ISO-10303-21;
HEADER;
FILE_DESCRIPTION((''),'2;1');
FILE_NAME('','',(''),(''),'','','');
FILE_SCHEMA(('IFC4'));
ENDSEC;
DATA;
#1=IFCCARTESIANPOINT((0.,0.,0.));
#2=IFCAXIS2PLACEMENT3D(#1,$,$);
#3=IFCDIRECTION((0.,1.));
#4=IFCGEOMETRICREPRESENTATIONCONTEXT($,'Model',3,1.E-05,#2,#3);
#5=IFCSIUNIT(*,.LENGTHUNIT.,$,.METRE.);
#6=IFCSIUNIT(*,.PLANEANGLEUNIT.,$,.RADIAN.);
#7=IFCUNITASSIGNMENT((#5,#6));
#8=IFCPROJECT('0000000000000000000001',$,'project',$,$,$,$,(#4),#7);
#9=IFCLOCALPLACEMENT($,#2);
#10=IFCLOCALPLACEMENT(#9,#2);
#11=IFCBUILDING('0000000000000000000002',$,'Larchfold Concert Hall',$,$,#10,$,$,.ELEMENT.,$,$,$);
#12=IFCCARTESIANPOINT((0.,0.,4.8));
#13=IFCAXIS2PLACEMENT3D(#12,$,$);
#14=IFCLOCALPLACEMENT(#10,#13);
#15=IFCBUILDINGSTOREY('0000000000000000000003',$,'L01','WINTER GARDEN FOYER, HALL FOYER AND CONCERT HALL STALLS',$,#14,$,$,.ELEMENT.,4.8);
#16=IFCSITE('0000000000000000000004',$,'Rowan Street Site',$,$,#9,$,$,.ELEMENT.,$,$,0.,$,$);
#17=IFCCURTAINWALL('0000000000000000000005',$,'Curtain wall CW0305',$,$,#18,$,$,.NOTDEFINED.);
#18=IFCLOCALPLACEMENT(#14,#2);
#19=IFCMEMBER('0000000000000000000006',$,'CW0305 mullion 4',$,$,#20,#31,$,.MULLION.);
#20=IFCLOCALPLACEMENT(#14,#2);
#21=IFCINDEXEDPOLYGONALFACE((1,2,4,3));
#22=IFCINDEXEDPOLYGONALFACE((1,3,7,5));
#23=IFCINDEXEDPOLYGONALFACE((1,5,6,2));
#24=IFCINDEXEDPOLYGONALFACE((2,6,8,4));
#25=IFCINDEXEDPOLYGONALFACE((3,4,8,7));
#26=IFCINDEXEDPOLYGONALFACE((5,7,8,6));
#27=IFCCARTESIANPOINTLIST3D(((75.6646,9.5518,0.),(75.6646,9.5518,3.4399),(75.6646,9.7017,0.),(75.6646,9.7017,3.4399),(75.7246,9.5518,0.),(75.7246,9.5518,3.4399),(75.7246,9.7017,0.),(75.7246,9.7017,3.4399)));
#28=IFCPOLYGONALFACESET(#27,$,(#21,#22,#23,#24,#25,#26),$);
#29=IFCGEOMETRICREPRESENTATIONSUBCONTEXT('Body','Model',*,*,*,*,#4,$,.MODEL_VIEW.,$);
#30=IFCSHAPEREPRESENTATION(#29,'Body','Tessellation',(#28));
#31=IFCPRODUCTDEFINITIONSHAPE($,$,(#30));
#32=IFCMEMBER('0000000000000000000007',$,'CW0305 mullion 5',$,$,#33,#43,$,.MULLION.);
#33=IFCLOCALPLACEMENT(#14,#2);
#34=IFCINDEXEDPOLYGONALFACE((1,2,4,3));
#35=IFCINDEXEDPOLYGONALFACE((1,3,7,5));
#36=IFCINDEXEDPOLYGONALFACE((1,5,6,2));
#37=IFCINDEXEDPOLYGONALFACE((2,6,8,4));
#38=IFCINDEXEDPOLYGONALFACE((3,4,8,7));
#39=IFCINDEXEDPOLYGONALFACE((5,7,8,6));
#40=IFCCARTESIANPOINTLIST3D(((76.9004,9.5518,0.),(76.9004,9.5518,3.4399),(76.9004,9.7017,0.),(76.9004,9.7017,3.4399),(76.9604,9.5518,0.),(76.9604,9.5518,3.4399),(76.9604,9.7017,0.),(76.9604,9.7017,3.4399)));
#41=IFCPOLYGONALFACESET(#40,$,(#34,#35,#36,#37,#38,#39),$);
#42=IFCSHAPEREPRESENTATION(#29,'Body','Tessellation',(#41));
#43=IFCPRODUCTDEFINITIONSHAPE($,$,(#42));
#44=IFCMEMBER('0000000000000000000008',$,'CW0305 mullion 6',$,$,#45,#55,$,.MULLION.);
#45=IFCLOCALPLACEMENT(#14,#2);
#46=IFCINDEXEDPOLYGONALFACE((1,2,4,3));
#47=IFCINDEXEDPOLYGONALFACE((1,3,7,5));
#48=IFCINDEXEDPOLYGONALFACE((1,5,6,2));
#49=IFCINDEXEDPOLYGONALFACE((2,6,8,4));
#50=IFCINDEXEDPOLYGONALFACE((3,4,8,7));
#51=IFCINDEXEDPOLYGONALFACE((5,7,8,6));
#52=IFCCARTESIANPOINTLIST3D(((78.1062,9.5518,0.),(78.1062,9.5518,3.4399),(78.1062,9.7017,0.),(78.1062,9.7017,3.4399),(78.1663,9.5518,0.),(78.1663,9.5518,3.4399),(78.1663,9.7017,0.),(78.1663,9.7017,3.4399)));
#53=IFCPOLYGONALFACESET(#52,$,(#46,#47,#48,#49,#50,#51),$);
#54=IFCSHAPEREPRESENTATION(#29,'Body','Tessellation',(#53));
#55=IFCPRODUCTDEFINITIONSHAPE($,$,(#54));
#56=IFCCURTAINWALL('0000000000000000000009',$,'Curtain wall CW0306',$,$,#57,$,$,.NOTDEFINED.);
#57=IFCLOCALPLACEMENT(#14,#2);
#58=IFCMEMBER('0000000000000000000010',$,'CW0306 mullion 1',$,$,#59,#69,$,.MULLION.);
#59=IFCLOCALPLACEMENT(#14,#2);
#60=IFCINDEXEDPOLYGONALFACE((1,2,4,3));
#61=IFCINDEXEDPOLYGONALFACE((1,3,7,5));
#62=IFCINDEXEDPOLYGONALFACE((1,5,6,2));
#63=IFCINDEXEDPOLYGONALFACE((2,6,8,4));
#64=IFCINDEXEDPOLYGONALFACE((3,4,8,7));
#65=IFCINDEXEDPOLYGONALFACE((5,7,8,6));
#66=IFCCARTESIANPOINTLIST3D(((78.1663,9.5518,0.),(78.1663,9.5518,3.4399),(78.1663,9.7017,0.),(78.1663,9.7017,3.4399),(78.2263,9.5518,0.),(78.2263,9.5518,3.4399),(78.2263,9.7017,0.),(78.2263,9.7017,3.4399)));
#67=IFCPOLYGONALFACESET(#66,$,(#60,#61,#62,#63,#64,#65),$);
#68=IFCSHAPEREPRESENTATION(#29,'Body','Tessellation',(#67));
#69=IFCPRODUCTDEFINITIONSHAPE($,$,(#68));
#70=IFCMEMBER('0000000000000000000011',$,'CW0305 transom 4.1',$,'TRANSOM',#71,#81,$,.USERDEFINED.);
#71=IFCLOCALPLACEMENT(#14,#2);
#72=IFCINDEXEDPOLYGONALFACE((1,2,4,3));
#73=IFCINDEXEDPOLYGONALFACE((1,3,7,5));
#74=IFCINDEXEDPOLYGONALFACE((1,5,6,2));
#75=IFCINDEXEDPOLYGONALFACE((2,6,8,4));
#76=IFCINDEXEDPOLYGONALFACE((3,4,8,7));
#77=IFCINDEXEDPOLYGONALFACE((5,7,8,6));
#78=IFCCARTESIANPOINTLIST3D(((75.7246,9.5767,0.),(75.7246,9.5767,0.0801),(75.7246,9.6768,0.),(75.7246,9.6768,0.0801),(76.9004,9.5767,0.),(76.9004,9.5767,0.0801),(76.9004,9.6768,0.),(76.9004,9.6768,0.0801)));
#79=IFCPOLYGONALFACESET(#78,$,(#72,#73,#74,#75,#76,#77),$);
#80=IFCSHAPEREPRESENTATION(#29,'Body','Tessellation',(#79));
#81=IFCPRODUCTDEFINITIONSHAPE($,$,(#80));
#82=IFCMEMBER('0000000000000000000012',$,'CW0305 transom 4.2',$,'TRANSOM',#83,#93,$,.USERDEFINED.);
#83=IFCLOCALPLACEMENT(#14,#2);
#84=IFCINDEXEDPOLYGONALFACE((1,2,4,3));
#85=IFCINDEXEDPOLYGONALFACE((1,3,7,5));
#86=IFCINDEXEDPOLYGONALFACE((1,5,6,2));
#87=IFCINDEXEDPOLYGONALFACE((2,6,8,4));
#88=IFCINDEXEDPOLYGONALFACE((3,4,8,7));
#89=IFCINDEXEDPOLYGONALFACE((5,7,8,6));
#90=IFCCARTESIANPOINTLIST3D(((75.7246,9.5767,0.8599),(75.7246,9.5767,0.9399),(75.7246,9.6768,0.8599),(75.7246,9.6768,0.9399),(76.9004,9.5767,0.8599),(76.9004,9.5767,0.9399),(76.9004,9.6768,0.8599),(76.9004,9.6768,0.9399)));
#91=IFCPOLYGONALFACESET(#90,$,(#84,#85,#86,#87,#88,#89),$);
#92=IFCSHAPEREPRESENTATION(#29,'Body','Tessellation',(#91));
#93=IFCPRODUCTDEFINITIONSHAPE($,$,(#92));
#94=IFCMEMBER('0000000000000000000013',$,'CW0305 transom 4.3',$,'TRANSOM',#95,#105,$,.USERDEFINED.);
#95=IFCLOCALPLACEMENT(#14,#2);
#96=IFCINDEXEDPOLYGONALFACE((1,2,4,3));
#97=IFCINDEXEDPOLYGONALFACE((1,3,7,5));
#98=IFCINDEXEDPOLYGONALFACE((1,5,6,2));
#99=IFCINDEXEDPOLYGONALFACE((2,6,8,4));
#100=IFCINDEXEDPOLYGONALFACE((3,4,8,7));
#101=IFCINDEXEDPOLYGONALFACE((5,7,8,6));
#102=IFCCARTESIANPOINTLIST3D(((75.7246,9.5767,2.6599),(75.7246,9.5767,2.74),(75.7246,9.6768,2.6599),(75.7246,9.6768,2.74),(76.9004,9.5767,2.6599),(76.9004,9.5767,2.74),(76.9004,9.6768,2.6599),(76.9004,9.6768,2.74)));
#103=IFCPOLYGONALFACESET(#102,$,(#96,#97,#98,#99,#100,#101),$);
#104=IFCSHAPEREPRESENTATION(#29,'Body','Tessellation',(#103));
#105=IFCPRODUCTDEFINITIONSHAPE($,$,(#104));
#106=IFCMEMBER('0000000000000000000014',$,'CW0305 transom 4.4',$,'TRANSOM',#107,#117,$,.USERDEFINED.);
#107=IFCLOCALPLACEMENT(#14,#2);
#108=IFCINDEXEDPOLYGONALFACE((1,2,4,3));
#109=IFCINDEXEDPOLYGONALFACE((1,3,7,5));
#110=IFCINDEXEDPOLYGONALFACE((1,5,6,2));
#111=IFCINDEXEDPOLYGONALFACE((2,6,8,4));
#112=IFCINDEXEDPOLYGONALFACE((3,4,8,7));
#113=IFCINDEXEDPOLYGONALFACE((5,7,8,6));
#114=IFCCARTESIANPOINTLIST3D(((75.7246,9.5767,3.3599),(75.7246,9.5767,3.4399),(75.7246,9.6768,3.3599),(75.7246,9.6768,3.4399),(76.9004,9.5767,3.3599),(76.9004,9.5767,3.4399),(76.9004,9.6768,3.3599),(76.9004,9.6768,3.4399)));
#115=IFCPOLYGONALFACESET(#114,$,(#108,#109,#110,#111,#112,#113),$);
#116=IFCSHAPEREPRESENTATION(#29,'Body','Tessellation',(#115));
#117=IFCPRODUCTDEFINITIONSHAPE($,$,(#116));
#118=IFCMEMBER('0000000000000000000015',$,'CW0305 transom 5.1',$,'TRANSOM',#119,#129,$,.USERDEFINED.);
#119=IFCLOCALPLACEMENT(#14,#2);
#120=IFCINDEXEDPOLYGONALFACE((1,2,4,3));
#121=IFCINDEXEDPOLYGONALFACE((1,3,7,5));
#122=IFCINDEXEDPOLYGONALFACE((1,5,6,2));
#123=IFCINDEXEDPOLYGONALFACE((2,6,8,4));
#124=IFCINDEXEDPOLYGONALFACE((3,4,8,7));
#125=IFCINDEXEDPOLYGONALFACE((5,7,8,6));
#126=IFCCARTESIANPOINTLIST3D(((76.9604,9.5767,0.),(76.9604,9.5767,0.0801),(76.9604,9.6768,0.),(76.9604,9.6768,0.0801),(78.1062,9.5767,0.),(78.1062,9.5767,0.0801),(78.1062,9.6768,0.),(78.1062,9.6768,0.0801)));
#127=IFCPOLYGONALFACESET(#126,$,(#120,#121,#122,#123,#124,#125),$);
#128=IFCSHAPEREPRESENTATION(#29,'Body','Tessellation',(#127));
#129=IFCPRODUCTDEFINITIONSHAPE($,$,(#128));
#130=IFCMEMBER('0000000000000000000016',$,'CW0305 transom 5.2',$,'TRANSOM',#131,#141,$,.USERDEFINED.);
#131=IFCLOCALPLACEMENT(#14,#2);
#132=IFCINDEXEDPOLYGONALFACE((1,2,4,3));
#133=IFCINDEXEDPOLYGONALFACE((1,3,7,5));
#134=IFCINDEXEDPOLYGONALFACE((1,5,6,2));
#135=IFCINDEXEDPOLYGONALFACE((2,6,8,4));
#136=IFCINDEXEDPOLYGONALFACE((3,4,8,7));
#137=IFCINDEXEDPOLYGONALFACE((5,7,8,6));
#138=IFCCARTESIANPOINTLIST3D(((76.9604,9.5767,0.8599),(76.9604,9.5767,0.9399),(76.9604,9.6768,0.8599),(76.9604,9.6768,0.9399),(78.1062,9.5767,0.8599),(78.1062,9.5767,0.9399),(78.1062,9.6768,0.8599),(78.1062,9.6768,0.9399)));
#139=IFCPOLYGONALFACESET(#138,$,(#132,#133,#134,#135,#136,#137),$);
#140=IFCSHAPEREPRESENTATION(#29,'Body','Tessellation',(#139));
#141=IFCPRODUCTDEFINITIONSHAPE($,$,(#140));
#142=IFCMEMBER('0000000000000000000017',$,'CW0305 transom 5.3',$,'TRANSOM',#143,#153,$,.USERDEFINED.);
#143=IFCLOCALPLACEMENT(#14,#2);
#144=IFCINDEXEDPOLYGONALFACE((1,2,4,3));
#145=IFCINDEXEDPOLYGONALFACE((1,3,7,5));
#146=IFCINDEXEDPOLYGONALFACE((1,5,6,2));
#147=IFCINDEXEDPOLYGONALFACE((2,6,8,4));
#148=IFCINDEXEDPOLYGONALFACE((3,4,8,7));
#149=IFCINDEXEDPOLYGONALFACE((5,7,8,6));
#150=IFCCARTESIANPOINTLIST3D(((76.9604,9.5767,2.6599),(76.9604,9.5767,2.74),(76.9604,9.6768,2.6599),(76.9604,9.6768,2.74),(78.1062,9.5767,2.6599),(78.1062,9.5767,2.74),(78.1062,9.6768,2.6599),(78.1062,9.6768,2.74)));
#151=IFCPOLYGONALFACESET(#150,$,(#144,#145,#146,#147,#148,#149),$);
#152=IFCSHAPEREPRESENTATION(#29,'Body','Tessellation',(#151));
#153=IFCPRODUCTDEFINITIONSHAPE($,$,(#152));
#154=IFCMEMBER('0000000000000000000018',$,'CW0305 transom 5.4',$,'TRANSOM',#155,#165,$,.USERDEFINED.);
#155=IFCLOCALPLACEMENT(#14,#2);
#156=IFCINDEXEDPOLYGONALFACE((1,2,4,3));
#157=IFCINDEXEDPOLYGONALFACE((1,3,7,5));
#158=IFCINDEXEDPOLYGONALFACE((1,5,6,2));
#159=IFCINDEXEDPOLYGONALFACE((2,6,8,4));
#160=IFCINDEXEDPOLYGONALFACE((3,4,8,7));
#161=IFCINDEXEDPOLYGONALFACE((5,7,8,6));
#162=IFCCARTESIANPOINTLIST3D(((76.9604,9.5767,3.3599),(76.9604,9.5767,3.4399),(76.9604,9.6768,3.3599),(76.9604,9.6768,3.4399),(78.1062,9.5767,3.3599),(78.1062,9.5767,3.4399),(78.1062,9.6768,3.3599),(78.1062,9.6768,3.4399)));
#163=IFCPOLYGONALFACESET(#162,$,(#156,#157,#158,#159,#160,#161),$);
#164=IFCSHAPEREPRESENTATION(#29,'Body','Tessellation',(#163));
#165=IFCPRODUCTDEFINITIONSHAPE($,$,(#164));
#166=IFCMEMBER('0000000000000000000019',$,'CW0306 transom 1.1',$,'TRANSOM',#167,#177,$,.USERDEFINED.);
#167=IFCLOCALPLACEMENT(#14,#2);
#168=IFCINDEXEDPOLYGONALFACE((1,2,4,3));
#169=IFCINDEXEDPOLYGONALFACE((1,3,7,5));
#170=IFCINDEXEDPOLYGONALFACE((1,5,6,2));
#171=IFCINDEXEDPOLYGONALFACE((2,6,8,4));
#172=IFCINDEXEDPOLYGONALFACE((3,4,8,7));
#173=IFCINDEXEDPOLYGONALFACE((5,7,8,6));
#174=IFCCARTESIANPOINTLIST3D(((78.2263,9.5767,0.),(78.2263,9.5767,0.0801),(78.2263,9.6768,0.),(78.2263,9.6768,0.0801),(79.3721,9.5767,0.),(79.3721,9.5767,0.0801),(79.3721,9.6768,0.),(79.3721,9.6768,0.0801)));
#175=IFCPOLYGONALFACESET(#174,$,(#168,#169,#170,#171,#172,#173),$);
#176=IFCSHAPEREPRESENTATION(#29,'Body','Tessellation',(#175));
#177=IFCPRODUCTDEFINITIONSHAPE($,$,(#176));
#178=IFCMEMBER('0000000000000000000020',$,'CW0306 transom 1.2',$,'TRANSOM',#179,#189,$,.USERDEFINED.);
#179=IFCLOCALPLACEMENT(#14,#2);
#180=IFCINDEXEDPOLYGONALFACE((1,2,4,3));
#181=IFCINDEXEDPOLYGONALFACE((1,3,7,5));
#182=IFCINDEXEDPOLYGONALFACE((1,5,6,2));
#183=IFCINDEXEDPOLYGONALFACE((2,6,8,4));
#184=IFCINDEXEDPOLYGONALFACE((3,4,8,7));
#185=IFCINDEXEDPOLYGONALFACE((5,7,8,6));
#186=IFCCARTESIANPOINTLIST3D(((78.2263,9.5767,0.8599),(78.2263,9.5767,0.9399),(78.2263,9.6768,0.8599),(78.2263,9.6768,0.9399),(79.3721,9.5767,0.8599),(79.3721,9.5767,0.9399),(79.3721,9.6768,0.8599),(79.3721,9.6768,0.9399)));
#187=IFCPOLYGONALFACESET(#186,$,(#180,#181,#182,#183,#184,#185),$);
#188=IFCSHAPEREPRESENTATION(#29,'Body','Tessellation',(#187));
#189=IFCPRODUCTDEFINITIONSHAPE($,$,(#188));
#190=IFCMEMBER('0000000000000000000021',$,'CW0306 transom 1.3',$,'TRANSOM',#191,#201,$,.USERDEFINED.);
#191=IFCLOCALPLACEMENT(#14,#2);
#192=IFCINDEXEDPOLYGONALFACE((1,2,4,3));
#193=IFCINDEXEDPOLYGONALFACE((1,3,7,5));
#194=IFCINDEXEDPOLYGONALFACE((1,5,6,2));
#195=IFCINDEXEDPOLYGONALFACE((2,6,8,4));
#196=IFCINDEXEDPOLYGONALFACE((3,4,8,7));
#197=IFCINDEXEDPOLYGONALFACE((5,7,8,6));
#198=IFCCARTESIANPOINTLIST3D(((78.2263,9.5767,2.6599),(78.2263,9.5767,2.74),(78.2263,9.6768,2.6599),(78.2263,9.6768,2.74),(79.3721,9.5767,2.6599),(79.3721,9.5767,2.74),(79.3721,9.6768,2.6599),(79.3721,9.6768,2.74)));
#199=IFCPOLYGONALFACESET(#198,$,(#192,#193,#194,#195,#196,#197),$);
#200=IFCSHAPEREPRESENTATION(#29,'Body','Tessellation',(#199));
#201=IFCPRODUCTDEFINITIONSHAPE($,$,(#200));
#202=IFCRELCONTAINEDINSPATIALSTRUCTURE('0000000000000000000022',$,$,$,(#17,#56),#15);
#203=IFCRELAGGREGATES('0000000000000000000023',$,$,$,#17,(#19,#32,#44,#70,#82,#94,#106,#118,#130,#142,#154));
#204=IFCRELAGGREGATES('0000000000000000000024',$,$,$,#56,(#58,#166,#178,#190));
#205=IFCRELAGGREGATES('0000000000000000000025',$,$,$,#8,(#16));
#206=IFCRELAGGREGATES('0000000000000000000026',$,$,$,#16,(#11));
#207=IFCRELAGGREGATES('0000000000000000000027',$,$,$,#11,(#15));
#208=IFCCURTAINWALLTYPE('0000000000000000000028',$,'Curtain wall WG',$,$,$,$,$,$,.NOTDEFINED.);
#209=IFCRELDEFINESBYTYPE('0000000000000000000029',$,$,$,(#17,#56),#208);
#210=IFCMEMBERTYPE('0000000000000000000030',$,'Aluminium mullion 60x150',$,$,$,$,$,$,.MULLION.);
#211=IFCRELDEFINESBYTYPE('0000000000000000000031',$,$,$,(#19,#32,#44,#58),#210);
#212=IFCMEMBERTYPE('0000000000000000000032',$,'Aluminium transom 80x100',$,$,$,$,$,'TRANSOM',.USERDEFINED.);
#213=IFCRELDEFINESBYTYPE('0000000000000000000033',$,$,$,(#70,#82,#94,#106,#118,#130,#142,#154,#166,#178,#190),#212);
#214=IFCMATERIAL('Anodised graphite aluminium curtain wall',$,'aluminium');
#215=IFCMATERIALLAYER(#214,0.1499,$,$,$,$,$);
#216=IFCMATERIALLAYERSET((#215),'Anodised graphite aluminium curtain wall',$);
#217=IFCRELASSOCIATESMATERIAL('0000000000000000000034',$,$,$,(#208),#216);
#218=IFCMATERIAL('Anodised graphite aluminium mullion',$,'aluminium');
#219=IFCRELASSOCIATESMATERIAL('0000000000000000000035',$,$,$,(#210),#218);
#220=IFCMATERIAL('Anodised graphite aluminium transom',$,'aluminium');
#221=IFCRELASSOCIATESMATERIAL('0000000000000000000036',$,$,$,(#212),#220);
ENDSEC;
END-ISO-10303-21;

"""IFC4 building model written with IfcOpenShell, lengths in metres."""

from ifc_helpers import new_model, si_unit, direction, frame, origin, origin_2d, place, context, subcontext, project, spatial, rectangle, extrude, material, layer, layer_set, material_profile, profile_set, type_object, element, aggregate, save


model = new_model("IFC4")

# Units and contexts
model_context = context("Model", 3, precision=1e-05, world=origin(), true_north=direction((0.0, 1.0)))
body_context = subcontext(model_context, "Body", "Model", "MODEL_VIEW")
ifc_project = project(units=[si_unit("LENGTHUNIT", "METRE"), si_unit("PLANEANGLEUNIT", "RADIAN")], contexts=[model_context])

# Site, building, storey
site_placement = place(None, origin())
site = spatial("IfcSite", under=ifc_project, at=site_placement, Name="Rowan Street Site", CompositionType="ELEMENT", RefElevation=0.0)
building_placement = place(site_placement, origin())
building = spatial("IfcBuilding", under=site, at=building_placement, Name="Larchfold Concert Hall", CompositionType="ELEMENT")
storey_placement = place(building_placement, frame((0.0, 0.0, 4.8)))
storey = spatial("IfcBuildingStorey", under=building, at=storey_placement, Name="L01", Description="WINTER GARDEN FOYER, HALL FOYER AND CONCERT HALL STALLS", CompositionType="ELEMENT", Elevation=4.8)

# Curtain wall, members
ifc_material_1 = material(Name="Anodised graphite aluminium curtain wall", Category="aluminium")
ifc_layer_1 = layer(ifc_material_1, 0.1499)
ifc_layer_set_1 = layer_set([ifc_layer_1], Name="Anodised graphite aluminium curtain wall")
curtain_wall_type = type_object("IfcCurtainWallType", Name="Curtain wall WG", PredefinedType="NOTDEFINED", material=ifc_layer_set_1)
curtain_wall_1_placement = place(storey_placement, origin())
curtain_wall_1 = element("IfcCurtainWall", 1, at=curtain_wall_1_placement, inside=storey, type_object=curtain_wall_type, Name="Curtain wall CW0305", PredefinedType="NOTDEFINED")
ifc_material_2 = material(Name="Anodised graphite aluminium mullion", Category="aluminium")
ifc_material_profile_1 = material_profile(ifc_material_2, rectangle(XDim=0.1499, YDim=0.0601, at=origin_2d()))
ifc_profile_set_1 = profile_set([ifc_material_profile_1], Name="Anodised graphite aluminium mullion")
member_type_1 = type_object("IfcMemberType", Name="Aluminium mullion 60x150", PredefinedType="MULLION", material=ifc_profile_set_1)
member_1_placement = place(storey_placement, frame((75.6946, 9.6267, 0.0), z_axis=(0.0, 0.0, 1.0), x_axis=(0.0, 1.0, 0.0)))
member_1 = element("IfcMember", 2, at=member_1_placement, type_object=member_type_1, Name="CW0305 mullion 4", PredefinedType="MULLION", context=body_context, shape_type="SweptSolid", body=[
    extrude(rectangle(XDim=0.1499, YDim=0.0601, at=origin_2d()), origin(), (0.0, 0.0, 1.0), 3.4399),
])
member_2_placement = place(storey_placement, frame((76.9304, 9.6267, 0.0), z_axis=(0.0, 0.0, 1.0), x_axis=(0.0, 1.0, 0.0)))
member_2 = element("IfcMember", 3, at=member_2_placement, type_object=member_type_1, Name="CW0305 mullion 5", PredefinedType="MULLION", context=body_context, shape_type="SweptSolid", body=[
    extrude(rectangle(XDim=0.1499, YDim=0.0601, at=origin_2d()), origin(), (0.0, 0.0, 1.0), 3.4399),
])
member_3_placement = place(storey_placement, frame((78.1362, 9.6267, 0.0), z_axis=(0.0, 0.0, 1.0), x_axis=(0.0, 1.0, 0.0)))
member_3 = element("IfcMember", 4, at=member_3_placement, type_object=member_type_1, Name="CW0305 mullion 6", PredefinedType="MULLION", context=body_context, shape_type="SweptSolid", body=[
    extrude(rectangle(XDim=0.1499, YDim=0.0601, at=origin_2d()), origin(), (0.0, 0.0, 1.0), 3.4399),
])

# Curtain wall, member
curtain_wall_2_placement = place(storey_placement, origin())
curtain_wall_2 = element("IfcCurtainWall", 5, at=curtain_wall_2_placement, inside=storey, type_object=curtain_wall_type, Name="Curtain wall CW0306", PredefinedType="NOTDEFINED")
member_4_placement = place(storey_placement, frame((78.1963, 9.6267, 0.0), z_axis=(0.0, 0.0, 1.0), x_axis=(0.0, 1.0, 0.0)))
member_4 = element("IfcMember", 6, at=member_4_placement, type_object=member_type_1, Name="CW0306 mullion 1", PredefinedType="MULLION", context=body_context, shape_type="SweptSolid", body=[
    extrude(rectangle(XDim=0.1499, YDim=0.0601, at=origin_2d()), origin(), (0.0, 0.0, 1.0), 3.4399),
])

# Members
ifc_material_3 = material(Name="Anodised graphite aluminium transom", Category="aluminium")
ifc_material_profile_2 = material_profile(ifc_material_3, rectangle(XDim=0.1001, YDim=0.0801, at=origin_2d()))
ifc_profile_set_2 = profile_set([ifc_material_profile_2], Name="Anodised graphite aluminium transom")
member_type_2 = type_object("IfcMemberType", Name="Aluminium transom 80x100", ElementType="TRANSOM", PredefinedType="USERDEFINED", material=ifc_profile_set_2)
member_5_placement = place(storey_placement, frame((75.7246, 9.6267, 0.04), z_axis=(1.0, 0.0, 0.0), x_axis=(0.0, 1.0, 0.0)))
member_5 = element("IfcMember", 7, at=member_5_placement, type_object=member_type_2, Name="CW0305 transom 4.1", ObjectType="TRANSOM", PredefinedType="USERDEFINED", context=body_context, shape_type="SweptSolid", body=[
    extrude(rectangle(XDim=0.1001, YDim=0.0801, at=origin_2d()), origin(), (0.0, 0.0, 1.0), 1.1758),
])
member_6_placement = place(storey_placement, frame((75.7246, 9.6267, 0.8999), z_axis=(1.0, 0.0, 0.0), x_axis=(0.0, 1.0, 0.0)))
member_6 = element("IfcMember", 8, at=member_6_placement, type_object=member_type_2, Name="CW0305 transom 4.2", ObjectType="TRANSOM", PredefinedType="USERDEFINED", context=body_context, shape_type="SweptSolid", body=[
    extrude(rectangle(XDim=0.1001, YDim=0.0801, at=origin_2d()), origin(), (0.0, 0.0, 1.0), 1.1758),
])
member_7_placement = place(storey_placement, frame((75.7246, 9.6267, 2.7), z_axis=(1.0, 0.0, 0.0), x_axis=(0.0, 1.0, 0.0)))
member_7 = element("IfcMember", 9, at=member_7_placement, type_object=member_type_2, Name="CW0305 transom 4.3", ObjectType="TRANSOM", PredefinedType="USERDEFINED", context=body_context, shape_type="SweptSolid", body=[
    extrude(rectangle(XDim=0.1001, YDim=0.0801, at=origin_2d()), origin(), (0.0, 0.0, 1.0), 1.1758),
])
member_8_placement = place(storey_placement, frame((75.7246, 9.6267, 3.3999), z_axis=(1.0, 0.0, 0.0), x_axis=(0.0, 1.0, 0.0)))
member_8 = element("IfcMember", 10, at=member_8_placement, type_object=member_type_2, Name="CW0305 transom 4.4", ObjectType="TRANSOM", PredefinedType="USERDEFINED", context=body_context, shape_type="SweptSolid", body=[
    extrude(rectangle(XDim=0.1001, YDim=0.0801, at=origin_2d()), origin(), (0.0, 0.0, 1.0), 1.1758),
])
member_9_placement = place(storey_placement, frame((76.9604, 9.6267, 0.04), z_axis=(1.0, 0.0, 0.0), x_axis=(0.0, 1.0, 0.0)))
member_9 = element("IfcMember", 11, at=member_9_placement, type_object=member_type_2, Name="CW0305 transom 5.1", ObjectType="TRANSOM", PredefinedType="USERDEFINED", context=body_context, shape_type="SweptSolid", body=[
    extrude(rectangle(XDim=0.1001, YDim=0.0801, at=origin_2d()), origin(), (0.0, 0.0, 1.0), 1.1458),
])
member_10_placement = place(storey_placement, frame((76.9604, 9.6267, 0.8999), z_axis=(1.0, 0.0, 0.0), x_axis=(0.0, 1.0, 0.0)))
member_10 = element("IfcMember", 12, at=member_10_placement, type_object=member_type_2, Name="CW0305 transom 5.2", ObjectType="TRANSOM", PredefinedType="USERDEFINED", context=body_context, shape_type="SweptSolid", body=[
    extrude(rectangle(XDim=0.1001, YDim=0.0801, at=origin_2d()), origin(), (0.0, 0.0, 1.0), 1.1458),
])
member_11_placement = place(storey_placement, frame((76.9604, 9.6267, 2.7), z_axis=(1.0, 0.0, 0.0), x_axis=(0.0, 1.0, 0.0)))
member_11 = element("IfcMember", 13, at=member_11_placement, type_object=member_type_2, Name="CW0305 transom 5.3", ObjectType="TRANSOM", PredefinedType="USERDEFINED", context=body_context, shape_type="SweptSolid", body=[
    extrude(rectangle(XDim=0.1001, YDim=0.0801, at=origin_2d()), origin(), (0.0, 0.0, 1.0), 1.1458),
])
member_12_placement = place(storey_placement, frame((76.9604, 9.6267, 3.3999), z_axis=(1.0, 0.0, 0.0), x_axis=(0.0, 1.0, 0.0)))
member_12 = element("IfcMember", 14, at=member_12_placement, type_object=member_type_2, Name="CW0305 transom 5.4", ObjectType="TRANSOM", PredefinedType="USERDEFINED", context=body_context, shape_type="SweptSolid", body=[
    extrude(rectangle(XDim=0.1001, YDim=0.0801, at=origin_2d()), origin(), (0.0, 0.0, 1.0), 1.1458),
])
member_13_placement = place(storey_placement, frame((78.2263, 9.6267, 0.04), z_axis=(1.0, 0.0, 0.0), x_axis=(0.0, 1.0, 0.0)))
member_13 = element("IfcMember", 15, at=member_13_placement, type_object=member_type_2, Name="CW0306 transom 1.1", ObjectType="TRANSOM", PredefinedType="USERDEFINED", context=body_context, shape_type="SweptSolid", body=[
    extrude(rectangle(XDim=0.1001, YDim=0.0801, at=origin_2d()), origin(), (0.0, 0.0, 1.0), 1.1458),
])
member_14_placement = place(storey_placement, frame((78.2263, 9.6267, 0.8999), z_axis=(1.0, 0.0, 0.0), x_axis=(0.0, 1.0, 0.0)))
member_14 = element("IfcMember", 16, at=member_14_placement, type_object=member_type_2, Name="CW0306 transom 1.2", ObjectType="TRANSOM", PredefinedType="USERDEFINED", context=body_context, shape_type="SweptSolid", body=[
    extrude(rectangle(XDim=0.1001, YDim=0.0801, at=origin_2d()), origin(), (0.0, 0.0, 1.0), 1.1458),
])
member_15_placement = place(storey_placement, frame((78.2263, 9.6267, 2.7), z_axis=(1.0, 0.0, 0.0), x_axis=(0.0, 1.0, 0.0)))
member_15 = element("IfcMember", 17, at=member_15_placement, type_object=member_type_2, Name="CW0306 transom 1.3", ObjectType="TRANSOM", PredefinedType="USERDEFINED", context=body_context, shape_type="SweptSolid", body=[
    extrude(rectangle(XDim=0.1001, YDim=0.0801, at=origin_2d()), origin(), (0.0, 0.0, 1.0), 1.1458),
])

aggregate(curtain_wall_1, [member_1, member_2, member_3, member_5, member_6, member_7, member_8, member_9, member_10, member_11, member_12])
aggregate(curtain_wall_2, [member_4, member_13, member_14, member_15])

save(model, "model.ifc")
